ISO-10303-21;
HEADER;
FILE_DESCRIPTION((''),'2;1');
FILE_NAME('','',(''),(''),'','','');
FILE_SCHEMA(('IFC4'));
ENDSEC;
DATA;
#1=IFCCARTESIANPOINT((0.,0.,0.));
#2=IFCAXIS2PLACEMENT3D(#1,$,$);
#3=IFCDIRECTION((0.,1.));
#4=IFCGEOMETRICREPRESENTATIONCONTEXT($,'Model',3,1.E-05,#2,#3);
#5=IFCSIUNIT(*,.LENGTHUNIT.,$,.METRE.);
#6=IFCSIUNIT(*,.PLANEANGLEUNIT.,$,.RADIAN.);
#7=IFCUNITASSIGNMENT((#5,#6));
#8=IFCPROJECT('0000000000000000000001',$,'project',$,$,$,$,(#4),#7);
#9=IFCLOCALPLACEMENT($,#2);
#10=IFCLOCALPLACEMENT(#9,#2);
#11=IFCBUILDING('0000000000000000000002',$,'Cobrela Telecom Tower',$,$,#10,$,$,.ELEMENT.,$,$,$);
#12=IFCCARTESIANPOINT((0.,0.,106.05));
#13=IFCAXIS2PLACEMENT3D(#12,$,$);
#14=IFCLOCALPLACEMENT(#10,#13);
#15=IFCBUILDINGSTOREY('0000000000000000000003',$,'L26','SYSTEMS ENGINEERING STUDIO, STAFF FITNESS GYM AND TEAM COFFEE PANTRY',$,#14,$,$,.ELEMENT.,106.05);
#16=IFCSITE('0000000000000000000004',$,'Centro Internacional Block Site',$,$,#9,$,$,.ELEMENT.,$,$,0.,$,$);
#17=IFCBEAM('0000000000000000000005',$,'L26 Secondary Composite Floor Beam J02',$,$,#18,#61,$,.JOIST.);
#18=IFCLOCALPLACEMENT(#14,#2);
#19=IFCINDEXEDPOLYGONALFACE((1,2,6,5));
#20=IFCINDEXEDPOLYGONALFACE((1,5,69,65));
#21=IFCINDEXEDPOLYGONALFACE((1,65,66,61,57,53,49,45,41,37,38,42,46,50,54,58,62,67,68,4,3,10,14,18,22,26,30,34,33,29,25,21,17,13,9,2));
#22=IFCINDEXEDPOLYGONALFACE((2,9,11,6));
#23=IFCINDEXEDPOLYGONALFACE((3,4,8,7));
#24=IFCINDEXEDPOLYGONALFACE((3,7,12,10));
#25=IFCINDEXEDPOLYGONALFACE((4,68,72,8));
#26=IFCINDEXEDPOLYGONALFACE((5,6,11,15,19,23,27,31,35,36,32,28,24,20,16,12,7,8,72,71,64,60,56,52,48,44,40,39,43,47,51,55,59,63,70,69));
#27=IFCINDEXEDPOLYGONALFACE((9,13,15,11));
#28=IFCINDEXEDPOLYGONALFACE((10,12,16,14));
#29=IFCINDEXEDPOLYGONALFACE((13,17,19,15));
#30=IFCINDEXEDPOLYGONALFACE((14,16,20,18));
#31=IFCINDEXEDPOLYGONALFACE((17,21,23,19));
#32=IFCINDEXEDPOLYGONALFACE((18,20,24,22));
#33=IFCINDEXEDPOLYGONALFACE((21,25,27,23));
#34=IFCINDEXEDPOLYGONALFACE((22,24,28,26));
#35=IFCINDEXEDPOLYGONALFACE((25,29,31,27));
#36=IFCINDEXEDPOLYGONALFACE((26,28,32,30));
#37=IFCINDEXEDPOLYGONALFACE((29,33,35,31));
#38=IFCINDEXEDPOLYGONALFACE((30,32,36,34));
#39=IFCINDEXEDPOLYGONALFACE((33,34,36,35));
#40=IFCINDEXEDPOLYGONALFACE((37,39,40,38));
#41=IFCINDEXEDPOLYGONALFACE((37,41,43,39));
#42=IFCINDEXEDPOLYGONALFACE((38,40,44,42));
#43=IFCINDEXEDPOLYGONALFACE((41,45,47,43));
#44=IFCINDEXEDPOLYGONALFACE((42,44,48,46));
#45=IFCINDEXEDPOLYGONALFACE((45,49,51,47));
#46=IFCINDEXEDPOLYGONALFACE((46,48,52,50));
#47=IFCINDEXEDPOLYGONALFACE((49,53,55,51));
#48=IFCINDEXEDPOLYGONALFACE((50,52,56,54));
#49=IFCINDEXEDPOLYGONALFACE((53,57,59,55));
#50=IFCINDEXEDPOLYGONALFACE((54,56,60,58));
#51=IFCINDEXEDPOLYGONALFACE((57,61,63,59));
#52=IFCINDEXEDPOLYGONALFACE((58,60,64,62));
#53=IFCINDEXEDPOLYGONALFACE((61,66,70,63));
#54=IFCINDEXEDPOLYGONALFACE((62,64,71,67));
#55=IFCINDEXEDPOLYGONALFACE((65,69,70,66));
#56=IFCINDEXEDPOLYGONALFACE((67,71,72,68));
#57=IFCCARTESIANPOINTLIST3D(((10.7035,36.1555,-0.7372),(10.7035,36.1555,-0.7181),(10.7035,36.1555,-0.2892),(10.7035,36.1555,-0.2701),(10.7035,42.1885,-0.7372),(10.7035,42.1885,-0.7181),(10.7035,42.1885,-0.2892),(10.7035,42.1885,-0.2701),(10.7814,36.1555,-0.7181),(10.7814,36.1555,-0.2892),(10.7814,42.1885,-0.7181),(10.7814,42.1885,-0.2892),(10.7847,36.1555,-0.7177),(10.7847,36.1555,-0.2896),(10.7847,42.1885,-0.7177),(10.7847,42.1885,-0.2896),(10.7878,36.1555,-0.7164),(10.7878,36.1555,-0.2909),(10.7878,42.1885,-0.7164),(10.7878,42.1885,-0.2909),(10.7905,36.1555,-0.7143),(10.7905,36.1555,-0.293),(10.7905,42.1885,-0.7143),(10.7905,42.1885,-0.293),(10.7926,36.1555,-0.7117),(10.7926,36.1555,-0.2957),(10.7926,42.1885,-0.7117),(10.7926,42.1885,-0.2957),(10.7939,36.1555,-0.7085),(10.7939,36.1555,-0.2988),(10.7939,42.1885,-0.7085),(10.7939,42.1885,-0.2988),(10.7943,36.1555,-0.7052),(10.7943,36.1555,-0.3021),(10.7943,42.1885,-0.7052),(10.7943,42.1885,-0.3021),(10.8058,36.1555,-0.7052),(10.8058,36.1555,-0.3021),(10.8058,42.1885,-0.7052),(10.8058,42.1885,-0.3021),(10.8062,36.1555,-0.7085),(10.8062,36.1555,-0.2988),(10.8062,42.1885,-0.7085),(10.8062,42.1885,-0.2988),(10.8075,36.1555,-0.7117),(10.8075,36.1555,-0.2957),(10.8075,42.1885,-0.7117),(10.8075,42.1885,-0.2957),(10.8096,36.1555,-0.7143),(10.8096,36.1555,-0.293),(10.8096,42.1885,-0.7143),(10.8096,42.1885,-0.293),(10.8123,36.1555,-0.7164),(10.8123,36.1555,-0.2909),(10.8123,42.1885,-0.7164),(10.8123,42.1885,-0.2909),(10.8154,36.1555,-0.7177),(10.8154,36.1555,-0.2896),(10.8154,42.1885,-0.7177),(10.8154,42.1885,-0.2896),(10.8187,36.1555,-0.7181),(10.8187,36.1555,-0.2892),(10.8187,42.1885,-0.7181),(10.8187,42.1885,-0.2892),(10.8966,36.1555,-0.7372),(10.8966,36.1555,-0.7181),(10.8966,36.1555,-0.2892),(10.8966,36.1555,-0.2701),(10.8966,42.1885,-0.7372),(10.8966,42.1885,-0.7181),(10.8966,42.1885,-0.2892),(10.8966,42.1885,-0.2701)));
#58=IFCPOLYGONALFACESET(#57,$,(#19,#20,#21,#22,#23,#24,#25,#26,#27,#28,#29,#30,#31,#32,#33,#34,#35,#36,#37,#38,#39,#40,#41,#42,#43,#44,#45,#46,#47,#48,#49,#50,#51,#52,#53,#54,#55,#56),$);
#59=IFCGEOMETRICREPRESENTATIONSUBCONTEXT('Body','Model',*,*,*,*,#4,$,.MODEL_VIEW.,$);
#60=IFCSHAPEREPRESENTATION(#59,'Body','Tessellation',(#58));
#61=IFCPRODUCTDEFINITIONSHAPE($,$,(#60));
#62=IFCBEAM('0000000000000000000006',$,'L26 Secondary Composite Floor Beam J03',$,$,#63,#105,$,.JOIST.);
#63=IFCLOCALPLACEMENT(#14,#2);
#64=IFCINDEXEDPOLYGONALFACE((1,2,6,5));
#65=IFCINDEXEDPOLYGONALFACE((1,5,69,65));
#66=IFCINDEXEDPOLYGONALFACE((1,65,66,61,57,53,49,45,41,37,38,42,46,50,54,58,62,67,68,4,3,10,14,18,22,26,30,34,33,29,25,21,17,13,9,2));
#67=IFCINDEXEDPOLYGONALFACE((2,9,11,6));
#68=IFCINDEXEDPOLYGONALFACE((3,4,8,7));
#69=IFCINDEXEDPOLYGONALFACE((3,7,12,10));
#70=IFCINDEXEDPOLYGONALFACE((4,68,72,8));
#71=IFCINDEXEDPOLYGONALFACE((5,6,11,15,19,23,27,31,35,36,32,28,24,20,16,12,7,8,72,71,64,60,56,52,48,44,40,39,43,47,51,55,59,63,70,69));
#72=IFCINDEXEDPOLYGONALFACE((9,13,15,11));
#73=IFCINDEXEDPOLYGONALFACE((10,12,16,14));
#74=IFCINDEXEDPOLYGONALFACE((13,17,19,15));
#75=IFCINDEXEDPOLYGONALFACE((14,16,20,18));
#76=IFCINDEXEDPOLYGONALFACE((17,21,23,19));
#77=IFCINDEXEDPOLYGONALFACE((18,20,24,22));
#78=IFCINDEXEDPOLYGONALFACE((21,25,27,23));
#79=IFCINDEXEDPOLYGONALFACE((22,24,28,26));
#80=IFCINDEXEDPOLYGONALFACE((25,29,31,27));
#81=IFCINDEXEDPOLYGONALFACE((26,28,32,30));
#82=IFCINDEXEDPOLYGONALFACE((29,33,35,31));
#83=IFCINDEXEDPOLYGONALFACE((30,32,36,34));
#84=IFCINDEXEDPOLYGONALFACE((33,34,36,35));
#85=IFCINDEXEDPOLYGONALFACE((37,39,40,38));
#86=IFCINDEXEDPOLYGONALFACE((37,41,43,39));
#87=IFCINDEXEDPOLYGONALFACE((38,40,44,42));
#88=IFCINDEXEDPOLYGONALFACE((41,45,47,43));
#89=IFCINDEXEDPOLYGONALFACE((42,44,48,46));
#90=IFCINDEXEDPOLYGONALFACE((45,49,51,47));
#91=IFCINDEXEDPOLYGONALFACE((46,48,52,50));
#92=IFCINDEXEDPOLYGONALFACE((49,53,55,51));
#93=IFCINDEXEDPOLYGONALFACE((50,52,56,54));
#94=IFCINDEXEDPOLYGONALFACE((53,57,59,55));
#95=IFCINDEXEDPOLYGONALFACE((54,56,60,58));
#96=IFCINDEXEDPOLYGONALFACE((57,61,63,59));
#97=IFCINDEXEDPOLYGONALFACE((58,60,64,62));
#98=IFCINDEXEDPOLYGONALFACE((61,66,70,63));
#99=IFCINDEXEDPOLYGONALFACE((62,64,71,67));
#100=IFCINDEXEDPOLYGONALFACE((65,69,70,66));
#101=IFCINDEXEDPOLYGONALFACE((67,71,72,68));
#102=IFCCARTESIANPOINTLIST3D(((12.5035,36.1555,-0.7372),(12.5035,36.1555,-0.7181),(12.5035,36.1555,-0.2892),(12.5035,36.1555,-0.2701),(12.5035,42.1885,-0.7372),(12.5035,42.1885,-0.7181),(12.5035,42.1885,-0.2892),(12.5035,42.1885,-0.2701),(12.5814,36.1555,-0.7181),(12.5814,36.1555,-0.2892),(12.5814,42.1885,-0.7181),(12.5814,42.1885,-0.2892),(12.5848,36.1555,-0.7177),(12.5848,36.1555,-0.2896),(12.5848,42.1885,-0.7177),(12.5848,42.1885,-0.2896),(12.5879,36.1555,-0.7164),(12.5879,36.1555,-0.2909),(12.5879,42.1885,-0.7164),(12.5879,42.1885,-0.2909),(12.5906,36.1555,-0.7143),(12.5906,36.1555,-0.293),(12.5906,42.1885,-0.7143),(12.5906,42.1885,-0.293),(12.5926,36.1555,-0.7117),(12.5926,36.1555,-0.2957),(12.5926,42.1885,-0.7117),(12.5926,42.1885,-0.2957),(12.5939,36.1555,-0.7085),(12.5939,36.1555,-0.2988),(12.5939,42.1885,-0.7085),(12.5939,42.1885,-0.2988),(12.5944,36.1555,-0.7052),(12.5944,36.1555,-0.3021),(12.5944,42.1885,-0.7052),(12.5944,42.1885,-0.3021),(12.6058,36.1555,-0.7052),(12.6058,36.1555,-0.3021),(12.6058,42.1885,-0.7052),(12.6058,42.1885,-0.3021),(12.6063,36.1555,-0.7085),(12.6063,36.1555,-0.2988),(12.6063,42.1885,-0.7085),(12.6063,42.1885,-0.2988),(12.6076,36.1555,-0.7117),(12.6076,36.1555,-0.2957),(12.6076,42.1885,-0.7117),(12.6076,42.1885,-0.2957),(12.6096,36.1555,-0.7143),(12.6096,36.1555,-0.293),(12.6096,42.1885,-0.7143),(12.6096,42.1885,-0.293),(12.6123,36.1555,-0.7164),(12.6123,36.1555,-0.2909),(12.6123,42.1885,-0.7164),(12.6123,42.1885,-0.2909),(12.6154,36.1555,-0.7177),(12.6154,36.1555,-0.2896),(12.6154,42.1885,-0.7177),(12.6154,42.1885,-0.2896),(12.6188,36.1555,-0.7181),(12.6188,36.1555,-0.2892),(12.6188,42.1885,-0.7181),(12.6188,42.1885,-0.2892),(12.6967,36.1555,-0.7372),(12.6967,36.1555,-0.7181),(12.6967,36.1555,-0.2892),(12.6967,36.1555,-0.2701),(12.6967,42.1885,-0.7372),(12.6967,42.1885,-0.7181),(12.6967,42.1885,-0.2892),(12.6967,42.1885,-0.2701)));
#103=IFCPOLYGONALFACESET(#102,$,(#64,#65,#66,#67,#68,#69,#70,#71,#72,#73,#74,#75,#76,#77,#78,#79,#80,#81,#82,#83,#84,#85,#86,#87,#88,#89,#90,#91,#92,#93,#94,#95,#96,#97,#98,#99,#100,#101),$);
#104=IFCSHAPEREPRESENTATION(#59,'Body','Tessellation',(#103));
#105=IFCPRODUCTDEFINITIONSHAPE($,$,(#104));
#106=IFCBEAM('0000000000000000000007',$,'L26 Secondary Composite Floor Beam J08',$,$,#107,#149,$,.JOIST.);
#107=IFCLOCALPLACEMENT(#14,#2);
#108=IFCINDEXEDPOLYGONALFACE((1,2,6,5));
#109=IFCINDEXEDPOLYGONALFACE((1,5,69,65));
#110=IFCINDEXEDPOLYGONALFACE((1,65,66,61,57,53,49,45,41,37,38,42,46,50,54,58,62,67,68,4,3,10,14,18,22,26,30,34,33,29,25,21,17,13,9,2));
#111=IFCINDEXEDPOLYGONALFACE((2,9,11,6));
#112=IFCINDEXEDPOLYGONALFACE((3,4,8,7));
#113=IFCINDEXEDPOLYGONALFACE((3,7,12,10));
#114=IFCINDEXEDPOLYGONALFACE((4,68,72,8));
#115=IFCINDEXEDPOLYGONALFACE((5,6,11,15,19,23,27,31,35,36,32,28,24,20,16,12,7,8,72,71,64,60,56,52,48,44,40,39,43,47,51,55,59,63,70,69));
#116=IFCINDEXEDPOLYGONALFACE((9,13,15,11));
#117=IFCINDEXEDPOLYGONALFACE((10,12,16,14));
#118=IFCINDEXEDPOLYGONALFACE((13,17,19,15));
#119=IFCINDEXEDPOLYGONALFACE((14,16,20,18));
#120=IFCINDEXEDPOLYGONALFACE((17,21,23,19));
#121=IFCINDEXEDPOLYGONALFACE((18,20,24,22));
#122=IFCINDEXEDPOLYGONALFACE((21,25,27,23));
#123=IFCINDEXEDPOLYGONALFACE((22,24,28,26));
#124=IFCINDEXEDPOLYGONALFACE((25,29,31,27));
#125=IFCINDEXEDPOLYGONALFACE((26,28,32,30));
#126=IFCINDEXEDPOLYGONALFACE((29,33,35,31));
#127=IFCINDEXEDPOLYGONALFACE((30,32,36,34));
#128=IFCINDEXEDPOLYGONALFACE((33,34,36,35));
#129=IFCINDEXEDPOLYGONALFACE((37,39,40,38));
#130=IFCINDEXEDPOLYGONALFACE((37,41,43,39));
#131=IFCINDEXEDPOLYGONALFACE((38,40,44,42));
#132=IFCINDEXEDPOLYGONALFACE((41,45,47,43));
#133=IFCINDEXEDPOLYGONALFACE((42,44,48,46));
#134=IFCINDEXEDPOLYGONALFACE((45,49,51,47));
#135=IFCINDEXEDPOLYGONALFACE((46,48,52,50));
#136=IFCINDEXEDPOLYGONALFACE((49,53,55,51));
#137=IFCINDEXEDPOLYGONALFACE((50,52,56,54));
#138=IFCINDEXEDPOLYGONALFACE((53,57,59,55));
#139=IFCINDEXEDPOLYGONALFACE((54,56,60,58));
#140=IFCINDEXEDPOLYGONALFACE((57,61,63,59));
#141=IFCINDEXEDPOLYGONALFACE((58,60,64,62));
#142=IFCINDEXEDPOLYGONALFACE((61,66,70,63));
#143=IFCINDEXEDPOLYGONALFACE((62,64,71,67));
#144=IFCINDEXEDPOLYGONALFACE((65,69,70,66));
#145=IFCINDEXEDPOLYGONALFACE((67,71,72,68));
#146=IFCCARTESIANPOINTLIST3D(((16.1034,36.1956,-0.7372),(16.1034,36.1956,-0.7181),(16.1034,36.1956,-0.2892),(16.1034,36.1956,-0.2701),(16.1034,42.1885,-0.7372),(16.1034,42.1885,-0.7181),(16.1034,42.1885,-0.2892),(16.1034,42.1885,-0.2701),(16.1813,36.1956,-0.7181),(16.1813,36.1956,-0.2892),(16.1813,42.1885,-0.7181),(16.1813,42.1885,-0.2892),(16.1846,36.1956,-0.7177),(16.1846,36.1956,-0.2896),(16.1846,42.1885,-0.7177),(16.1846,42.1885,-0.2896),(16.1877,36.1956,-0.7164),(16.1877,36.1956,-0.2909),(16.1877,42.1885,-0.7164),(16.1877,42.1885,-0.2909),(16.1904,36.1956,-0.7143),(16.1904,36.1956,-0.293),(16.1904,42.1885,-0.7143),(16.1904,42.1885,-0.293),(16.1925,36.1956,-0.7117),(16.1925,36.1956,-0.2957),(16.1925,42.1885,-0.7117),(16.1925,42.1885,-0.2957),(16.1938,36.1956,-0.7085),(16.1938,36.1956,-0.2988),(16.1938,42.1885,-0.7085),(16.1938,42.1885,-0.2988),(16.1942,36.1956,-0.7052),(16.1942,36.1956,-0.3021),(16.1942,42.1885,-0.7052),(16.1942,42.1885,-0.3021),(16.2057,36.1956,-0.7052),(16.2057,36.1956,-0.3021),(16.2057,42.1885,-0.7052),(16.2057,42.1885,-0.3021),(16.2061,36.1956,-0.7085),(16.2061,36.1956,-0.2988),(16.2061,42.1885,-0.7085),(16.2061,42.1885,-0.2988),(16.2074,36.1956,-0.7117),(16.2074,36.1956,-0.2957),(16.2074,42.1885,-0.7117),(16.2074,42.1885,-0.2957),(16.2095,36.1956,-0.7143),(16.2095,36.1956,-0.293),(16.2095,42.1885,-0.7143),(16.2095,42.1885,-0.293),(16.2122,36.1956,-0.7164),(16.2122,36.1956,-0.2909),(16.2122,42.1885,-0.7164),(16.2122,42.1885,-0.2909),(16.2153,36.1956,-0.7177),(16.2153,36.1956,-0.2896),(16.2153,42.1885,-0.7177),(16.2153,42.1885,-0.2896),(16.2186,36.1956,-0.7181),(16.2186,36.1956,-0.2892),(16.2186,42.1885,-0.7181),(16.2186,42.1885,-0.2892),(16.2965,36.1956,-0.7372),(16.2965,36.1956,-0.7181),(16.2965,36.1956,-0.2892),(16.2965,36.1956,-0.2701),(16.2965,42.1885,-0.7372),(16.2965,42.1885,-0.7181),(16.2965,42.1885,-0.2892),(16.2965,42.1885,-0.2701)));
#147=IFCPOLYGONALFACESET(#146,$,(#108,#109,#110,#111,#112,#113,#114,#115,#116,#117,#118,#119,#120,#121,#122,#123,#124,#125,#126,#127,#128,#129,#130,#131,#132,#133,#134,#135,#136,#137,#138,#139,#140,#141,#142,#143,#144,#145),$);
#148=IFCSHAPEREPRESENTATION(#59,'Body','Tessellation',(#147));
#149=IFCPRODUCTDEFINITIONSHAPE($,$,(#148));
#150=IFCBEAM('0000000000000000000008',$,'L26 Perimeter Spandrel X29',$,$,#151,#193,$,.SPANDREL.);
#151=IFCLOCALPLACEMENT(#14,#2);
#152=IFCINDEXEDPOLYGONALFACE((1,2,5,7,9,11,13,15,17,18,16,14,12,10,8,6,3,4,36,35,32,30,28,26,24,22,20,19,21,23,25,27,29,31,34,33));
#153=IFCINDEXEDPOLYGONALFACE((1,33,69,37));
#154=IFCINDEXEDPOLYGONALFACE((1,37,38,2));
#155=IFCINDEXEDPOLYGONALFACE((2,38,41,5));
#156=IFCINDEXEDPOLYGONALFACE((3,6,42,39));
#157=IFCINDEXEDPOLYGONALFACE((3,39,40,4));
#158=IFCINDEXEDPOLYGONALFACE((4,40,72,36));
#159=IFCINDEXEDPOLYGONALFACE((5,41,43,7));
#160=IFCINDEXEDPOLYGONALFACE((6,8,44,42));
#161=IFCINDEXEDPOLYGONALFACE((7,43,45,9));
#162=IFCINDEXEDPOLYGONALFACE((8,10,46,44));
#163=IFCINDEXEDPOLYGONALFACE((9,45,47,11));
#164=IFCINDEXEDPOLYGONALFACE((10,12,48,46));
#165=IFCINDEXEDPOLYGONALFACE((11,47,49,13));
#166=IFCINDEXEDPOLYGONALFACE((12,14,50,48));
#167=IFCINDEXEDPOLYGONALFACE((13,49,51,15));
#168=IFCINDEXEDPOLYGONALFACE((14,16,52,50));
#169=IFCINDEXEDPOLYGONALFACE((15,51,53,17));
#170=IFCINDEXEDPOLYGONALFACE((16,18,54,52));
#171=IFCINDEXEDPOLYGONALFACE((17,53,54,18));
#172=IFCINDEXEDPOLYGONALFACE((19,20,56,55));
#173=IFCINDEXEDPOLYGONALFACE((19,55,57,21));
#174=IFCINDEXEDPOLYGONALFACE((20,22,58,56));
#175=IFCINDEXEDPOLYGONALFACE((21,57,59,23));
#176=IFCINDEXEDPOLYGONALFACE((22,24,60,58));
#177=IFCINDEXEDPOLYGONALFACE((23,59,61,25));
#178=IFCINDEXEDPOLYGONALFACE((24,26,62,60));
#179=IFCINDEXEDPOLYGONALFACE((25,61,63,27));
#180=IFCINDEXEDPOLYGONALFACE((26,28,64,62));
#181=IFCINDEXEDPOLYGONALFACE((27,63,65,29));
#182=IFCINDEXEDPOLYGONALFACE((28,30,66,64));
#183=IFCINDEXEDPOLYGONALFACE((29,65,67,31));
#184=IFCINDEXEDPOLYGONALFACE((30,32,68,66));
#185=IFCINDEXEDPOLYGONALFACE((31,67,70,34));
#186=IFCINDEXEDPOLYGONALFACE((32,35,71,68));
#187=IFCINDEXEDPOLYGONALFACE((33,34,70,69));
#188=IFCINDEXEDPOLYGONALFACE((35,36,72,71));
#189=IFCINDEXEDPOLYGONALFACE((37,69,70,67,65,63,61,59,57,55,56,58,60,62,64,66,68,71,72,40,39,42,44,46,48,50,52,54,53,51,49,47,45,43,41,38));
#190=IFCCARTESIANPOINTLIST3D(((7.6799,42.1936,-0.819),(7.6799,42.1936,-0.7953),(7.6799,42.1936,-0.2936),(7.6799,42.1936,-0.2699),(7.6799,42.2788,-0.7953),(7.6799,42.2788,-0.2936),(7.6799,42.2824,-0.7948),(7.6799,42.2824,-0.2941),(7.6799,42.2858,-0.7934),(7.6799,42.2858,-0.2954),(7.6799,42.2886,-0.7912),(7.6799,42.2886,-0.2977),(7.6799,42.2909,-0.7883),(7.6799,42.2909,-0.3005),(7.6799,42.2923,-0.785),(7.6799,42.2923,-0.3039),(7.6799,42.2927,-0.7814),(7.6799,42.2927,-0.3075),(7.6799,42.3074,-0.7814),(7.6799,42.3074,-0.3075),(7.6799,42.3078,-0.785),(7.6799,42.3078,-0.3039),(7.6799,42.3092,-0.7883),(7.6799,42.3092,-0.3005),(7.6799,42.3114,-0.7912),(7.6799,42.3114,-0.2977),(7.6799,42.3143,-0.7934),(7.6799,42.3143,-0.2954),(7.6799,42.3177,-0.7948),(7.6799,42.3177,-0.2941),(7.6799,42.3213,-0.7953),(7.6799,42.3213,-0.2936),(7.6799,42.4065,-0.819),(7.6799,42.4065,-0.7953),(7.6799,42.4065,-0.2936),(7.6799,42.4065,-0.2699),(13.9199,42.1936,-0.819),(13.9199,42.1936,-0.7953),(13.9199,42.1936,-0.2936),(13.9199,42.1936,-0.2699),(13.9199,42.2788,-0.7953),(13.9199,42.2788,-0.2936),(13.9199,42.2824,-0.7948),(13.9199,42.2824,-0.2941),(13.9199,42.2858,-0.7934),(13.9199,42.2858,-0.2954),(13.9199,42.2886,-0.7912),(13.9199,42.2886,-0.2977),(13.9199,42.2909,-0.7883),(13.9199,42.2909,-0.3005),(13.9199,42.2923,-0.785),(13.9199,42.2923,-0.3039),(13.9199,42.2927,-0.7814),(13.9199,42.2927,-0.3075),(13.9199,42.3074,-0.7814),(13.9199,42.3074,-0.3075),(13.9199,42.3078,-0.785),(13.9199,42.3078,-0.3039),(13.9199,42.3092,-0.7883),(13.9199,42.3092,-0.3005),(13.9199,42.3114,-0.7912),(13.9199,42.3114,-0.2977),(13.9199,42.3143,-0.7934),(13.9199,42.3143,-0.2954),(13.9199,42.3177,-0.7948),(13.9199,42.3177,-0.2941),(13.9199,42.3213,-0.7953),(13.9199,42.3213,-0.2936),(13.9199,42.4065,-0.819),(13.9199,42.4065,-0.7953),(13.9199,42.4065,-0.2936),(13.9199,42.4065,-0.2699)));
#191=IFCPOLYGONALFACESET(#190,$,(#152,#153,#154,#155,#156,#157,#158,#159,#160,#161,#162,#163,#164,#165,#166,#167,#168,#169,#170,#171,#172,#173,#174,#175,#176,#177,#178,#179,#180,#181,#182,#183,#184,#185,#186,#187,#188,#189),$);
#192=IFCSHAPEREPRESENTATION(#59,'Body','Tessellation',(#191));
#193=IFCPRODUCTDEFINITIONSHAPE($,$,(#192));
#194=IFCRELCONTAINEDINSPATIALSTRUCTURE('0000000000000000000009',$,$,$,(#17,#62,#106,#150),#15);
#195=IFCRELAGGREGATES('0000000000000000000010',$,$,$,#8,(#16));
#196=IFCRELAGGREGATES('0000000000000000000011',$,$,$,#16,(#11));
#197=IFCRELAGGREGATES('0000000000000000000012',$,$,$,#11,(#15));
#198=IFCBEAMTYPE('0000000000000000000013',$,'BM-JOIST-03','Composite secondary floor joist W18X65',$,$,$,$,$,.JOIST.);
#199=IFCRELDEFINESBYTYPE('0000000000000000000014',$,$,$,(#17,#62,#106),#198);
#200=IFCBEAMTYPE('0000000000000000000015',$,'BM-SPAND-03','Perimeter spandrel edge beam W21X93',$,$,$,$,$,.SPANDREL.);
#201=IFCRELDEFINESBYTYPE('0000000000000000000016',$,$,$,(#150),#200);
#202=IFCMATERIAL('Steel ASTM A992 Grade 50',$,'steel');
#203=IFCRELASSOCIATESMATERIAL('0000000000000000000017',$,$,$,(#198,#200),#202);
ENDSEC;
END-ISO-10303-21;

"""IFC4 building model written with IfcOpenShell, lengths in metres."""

from ifc_helpers import new_model, si_unit, direction, frame, origin, origin_2d, place, context, subcontext, project, spatial, i_section, extrude, material, material_profile, profile_set, type_object, element, save


model = new_model("IFC4")

# Units and contexts
model_context = context("Model", 3, precision=1e-05, world=origin(), true_north=direction((0.0, 1.0)))
body_context = subcontext(model_context, "Body", "Model", "MODEL_VIEW")
ifc_project = project(units=[si_unit("LENGTHUNIT", "METRE"), si_unit("PLANEANGLEUNIT", "RADIAN")], contexts=[model_context])

# Site, building, storey
site_placement = place(None, origin())
site = spatial("IfcSite", under=ifc_project, at=site_placement, Name="Centro Internacional Block Site", CompositionType="ELEMENT", RefElevation=0.0)
building_placement = place(site_placement, origin())
building = spatial("IfcBuilding", under=site, at=building_placement, Name="Cobrela Telecom Tower", CompositionType="ELEMENT")
storey_placement = place(building_placement, frame((0.0, 0.0, 106.05)))
storey = spatial("IfcBuildingStorey", under=building, at=storey_placement, Name="L26", Description="SYSTEMS ENGINEERING STUDIO, STAFF FITNESS GYM AND TEAM COFFEE PANTRY", CompositionType="ELEMENT", Elevation=106.05)

# Beams
ifc_material_1 = material(Name="Steel ASTM A992 Grade 50", Category="steel")
ifc_material_profile_1 = material_profile(ifc_material_1, i_section(OverallWidth=0.1931, OverallDepth=0.467, WebThickness=0.0115, FlangeThickness=0.019, FilletRadius=0.0129, at=origin_2d()), Name="W18X65")
ifc_profile_set_1 = profile_set([ifc_material_profile_1], Name="Steel ASTM A992 Grade 50")
beam_type_1 = type_object("IfcBeamType", Name="BM-JOIST-03", Description="Composite secondary floor joist W18X65", PredefinedType="JOIST", material=ifc_profile_set_1)
for number, where, z_axis, x_axis, name in (
    (1, (10.8, 36.1555, -0.5037), (0.0, 1.0, 0.0), (-1.0, 0.0, 0.0), "L26 Secondary Composite Floor Beam J02"),
    (2, (12.6001, 36.1555, -0.5037), (0.0, 1.0, 0.0), (-1.0, 0.0, 0.0), "L26 Secondary Composite Floor Beam J03"),
):
    element("IfcBeam", number, at=place(storey_placement, frame(where, z_axis=z_axis, x_axis=x_axis)), inside=storey, type_object=beam_type_1, Name=name, PredefinedType="JOIST", context=body_context, shape_type="SweptSolid", body=[
        extrude(i_section(OverallWidth=0.1931, OverallDepth=0.467, WebThickness=0.0115, FlangeThickness=0.019, FilletRadius=0.0129, at=origin_2d()), origin(), (0.0, 0.0, 1.0), 6.033),
    ])
beam_1_placement = place(storey_placement, frame((16.2, 36.1956, -0.5037), z_axis=(0.0, 1.0, 0.0), x_axis=(-1.0, 0.0, 0.0)))
element("IfcBeam", 3, at=beam_1_placement, inside=storey, type_object=beam_type_1, Name="L26 Secondary Composite Floor Beam J08", PredefinedType="JOIST", context=body_context, shape_type="SweptSolid", body=[
    extrude(i_section(OverallWidth=0.1931, OverallDepth=0.467, WebThickness=0.0115, FlangeThickness=0.019, FilletRadius=0.0129, at=origin_2d()), origin(), (0.0, 0.0, 1.0), 5.9929),
])
ifc_material_profile_2 = material_profile(ifc_material_1, i_section(OverallWidth=0.2129, OverallDepth=0.5491, WebThickness=0.0146, FlangeThickness=0.0237, FilletRadius=0.0139, at=origin_2d()), Name="W21X93")
ifc_profile_set_2 = profile_set([ifc_material_profile_2], Name="Steel ASTM A992 Grade 50")
beam_type_2 = type_object("IfcBeamType", Name="BM-SPAND-03", Description="Perimeter spandrel edge beam W21X93", PredefinedType="SPANDREL", material=ifc_profile_set_2)
beam_2_placement = place(storey_placement, frame((7.6799, 42.3, -0.5444), z_axis=(1.0, 0.0, 0.0), x_axis=(0.0, 1.0, 0.0)))
element("IfcBeam", 4, at=beam_2_placement, inside=storey, type_object=beam_type_2, Name="L26 Perimeter Spandrel X29", PredefinedType="SPANDREL", context=body_context, shape_type="SweptSolid", body=[
    extrude(i_section(OverallWidth=0.2129, OverallDepth=0.5491, WebThickness=0.0146, FlangeThickness=0.0237, FilletRadius=0.0139, at=origin_2d()), origin(), (0.0, 0.0, 1.0), 6.24),
])

save(model, "model.ifc")
